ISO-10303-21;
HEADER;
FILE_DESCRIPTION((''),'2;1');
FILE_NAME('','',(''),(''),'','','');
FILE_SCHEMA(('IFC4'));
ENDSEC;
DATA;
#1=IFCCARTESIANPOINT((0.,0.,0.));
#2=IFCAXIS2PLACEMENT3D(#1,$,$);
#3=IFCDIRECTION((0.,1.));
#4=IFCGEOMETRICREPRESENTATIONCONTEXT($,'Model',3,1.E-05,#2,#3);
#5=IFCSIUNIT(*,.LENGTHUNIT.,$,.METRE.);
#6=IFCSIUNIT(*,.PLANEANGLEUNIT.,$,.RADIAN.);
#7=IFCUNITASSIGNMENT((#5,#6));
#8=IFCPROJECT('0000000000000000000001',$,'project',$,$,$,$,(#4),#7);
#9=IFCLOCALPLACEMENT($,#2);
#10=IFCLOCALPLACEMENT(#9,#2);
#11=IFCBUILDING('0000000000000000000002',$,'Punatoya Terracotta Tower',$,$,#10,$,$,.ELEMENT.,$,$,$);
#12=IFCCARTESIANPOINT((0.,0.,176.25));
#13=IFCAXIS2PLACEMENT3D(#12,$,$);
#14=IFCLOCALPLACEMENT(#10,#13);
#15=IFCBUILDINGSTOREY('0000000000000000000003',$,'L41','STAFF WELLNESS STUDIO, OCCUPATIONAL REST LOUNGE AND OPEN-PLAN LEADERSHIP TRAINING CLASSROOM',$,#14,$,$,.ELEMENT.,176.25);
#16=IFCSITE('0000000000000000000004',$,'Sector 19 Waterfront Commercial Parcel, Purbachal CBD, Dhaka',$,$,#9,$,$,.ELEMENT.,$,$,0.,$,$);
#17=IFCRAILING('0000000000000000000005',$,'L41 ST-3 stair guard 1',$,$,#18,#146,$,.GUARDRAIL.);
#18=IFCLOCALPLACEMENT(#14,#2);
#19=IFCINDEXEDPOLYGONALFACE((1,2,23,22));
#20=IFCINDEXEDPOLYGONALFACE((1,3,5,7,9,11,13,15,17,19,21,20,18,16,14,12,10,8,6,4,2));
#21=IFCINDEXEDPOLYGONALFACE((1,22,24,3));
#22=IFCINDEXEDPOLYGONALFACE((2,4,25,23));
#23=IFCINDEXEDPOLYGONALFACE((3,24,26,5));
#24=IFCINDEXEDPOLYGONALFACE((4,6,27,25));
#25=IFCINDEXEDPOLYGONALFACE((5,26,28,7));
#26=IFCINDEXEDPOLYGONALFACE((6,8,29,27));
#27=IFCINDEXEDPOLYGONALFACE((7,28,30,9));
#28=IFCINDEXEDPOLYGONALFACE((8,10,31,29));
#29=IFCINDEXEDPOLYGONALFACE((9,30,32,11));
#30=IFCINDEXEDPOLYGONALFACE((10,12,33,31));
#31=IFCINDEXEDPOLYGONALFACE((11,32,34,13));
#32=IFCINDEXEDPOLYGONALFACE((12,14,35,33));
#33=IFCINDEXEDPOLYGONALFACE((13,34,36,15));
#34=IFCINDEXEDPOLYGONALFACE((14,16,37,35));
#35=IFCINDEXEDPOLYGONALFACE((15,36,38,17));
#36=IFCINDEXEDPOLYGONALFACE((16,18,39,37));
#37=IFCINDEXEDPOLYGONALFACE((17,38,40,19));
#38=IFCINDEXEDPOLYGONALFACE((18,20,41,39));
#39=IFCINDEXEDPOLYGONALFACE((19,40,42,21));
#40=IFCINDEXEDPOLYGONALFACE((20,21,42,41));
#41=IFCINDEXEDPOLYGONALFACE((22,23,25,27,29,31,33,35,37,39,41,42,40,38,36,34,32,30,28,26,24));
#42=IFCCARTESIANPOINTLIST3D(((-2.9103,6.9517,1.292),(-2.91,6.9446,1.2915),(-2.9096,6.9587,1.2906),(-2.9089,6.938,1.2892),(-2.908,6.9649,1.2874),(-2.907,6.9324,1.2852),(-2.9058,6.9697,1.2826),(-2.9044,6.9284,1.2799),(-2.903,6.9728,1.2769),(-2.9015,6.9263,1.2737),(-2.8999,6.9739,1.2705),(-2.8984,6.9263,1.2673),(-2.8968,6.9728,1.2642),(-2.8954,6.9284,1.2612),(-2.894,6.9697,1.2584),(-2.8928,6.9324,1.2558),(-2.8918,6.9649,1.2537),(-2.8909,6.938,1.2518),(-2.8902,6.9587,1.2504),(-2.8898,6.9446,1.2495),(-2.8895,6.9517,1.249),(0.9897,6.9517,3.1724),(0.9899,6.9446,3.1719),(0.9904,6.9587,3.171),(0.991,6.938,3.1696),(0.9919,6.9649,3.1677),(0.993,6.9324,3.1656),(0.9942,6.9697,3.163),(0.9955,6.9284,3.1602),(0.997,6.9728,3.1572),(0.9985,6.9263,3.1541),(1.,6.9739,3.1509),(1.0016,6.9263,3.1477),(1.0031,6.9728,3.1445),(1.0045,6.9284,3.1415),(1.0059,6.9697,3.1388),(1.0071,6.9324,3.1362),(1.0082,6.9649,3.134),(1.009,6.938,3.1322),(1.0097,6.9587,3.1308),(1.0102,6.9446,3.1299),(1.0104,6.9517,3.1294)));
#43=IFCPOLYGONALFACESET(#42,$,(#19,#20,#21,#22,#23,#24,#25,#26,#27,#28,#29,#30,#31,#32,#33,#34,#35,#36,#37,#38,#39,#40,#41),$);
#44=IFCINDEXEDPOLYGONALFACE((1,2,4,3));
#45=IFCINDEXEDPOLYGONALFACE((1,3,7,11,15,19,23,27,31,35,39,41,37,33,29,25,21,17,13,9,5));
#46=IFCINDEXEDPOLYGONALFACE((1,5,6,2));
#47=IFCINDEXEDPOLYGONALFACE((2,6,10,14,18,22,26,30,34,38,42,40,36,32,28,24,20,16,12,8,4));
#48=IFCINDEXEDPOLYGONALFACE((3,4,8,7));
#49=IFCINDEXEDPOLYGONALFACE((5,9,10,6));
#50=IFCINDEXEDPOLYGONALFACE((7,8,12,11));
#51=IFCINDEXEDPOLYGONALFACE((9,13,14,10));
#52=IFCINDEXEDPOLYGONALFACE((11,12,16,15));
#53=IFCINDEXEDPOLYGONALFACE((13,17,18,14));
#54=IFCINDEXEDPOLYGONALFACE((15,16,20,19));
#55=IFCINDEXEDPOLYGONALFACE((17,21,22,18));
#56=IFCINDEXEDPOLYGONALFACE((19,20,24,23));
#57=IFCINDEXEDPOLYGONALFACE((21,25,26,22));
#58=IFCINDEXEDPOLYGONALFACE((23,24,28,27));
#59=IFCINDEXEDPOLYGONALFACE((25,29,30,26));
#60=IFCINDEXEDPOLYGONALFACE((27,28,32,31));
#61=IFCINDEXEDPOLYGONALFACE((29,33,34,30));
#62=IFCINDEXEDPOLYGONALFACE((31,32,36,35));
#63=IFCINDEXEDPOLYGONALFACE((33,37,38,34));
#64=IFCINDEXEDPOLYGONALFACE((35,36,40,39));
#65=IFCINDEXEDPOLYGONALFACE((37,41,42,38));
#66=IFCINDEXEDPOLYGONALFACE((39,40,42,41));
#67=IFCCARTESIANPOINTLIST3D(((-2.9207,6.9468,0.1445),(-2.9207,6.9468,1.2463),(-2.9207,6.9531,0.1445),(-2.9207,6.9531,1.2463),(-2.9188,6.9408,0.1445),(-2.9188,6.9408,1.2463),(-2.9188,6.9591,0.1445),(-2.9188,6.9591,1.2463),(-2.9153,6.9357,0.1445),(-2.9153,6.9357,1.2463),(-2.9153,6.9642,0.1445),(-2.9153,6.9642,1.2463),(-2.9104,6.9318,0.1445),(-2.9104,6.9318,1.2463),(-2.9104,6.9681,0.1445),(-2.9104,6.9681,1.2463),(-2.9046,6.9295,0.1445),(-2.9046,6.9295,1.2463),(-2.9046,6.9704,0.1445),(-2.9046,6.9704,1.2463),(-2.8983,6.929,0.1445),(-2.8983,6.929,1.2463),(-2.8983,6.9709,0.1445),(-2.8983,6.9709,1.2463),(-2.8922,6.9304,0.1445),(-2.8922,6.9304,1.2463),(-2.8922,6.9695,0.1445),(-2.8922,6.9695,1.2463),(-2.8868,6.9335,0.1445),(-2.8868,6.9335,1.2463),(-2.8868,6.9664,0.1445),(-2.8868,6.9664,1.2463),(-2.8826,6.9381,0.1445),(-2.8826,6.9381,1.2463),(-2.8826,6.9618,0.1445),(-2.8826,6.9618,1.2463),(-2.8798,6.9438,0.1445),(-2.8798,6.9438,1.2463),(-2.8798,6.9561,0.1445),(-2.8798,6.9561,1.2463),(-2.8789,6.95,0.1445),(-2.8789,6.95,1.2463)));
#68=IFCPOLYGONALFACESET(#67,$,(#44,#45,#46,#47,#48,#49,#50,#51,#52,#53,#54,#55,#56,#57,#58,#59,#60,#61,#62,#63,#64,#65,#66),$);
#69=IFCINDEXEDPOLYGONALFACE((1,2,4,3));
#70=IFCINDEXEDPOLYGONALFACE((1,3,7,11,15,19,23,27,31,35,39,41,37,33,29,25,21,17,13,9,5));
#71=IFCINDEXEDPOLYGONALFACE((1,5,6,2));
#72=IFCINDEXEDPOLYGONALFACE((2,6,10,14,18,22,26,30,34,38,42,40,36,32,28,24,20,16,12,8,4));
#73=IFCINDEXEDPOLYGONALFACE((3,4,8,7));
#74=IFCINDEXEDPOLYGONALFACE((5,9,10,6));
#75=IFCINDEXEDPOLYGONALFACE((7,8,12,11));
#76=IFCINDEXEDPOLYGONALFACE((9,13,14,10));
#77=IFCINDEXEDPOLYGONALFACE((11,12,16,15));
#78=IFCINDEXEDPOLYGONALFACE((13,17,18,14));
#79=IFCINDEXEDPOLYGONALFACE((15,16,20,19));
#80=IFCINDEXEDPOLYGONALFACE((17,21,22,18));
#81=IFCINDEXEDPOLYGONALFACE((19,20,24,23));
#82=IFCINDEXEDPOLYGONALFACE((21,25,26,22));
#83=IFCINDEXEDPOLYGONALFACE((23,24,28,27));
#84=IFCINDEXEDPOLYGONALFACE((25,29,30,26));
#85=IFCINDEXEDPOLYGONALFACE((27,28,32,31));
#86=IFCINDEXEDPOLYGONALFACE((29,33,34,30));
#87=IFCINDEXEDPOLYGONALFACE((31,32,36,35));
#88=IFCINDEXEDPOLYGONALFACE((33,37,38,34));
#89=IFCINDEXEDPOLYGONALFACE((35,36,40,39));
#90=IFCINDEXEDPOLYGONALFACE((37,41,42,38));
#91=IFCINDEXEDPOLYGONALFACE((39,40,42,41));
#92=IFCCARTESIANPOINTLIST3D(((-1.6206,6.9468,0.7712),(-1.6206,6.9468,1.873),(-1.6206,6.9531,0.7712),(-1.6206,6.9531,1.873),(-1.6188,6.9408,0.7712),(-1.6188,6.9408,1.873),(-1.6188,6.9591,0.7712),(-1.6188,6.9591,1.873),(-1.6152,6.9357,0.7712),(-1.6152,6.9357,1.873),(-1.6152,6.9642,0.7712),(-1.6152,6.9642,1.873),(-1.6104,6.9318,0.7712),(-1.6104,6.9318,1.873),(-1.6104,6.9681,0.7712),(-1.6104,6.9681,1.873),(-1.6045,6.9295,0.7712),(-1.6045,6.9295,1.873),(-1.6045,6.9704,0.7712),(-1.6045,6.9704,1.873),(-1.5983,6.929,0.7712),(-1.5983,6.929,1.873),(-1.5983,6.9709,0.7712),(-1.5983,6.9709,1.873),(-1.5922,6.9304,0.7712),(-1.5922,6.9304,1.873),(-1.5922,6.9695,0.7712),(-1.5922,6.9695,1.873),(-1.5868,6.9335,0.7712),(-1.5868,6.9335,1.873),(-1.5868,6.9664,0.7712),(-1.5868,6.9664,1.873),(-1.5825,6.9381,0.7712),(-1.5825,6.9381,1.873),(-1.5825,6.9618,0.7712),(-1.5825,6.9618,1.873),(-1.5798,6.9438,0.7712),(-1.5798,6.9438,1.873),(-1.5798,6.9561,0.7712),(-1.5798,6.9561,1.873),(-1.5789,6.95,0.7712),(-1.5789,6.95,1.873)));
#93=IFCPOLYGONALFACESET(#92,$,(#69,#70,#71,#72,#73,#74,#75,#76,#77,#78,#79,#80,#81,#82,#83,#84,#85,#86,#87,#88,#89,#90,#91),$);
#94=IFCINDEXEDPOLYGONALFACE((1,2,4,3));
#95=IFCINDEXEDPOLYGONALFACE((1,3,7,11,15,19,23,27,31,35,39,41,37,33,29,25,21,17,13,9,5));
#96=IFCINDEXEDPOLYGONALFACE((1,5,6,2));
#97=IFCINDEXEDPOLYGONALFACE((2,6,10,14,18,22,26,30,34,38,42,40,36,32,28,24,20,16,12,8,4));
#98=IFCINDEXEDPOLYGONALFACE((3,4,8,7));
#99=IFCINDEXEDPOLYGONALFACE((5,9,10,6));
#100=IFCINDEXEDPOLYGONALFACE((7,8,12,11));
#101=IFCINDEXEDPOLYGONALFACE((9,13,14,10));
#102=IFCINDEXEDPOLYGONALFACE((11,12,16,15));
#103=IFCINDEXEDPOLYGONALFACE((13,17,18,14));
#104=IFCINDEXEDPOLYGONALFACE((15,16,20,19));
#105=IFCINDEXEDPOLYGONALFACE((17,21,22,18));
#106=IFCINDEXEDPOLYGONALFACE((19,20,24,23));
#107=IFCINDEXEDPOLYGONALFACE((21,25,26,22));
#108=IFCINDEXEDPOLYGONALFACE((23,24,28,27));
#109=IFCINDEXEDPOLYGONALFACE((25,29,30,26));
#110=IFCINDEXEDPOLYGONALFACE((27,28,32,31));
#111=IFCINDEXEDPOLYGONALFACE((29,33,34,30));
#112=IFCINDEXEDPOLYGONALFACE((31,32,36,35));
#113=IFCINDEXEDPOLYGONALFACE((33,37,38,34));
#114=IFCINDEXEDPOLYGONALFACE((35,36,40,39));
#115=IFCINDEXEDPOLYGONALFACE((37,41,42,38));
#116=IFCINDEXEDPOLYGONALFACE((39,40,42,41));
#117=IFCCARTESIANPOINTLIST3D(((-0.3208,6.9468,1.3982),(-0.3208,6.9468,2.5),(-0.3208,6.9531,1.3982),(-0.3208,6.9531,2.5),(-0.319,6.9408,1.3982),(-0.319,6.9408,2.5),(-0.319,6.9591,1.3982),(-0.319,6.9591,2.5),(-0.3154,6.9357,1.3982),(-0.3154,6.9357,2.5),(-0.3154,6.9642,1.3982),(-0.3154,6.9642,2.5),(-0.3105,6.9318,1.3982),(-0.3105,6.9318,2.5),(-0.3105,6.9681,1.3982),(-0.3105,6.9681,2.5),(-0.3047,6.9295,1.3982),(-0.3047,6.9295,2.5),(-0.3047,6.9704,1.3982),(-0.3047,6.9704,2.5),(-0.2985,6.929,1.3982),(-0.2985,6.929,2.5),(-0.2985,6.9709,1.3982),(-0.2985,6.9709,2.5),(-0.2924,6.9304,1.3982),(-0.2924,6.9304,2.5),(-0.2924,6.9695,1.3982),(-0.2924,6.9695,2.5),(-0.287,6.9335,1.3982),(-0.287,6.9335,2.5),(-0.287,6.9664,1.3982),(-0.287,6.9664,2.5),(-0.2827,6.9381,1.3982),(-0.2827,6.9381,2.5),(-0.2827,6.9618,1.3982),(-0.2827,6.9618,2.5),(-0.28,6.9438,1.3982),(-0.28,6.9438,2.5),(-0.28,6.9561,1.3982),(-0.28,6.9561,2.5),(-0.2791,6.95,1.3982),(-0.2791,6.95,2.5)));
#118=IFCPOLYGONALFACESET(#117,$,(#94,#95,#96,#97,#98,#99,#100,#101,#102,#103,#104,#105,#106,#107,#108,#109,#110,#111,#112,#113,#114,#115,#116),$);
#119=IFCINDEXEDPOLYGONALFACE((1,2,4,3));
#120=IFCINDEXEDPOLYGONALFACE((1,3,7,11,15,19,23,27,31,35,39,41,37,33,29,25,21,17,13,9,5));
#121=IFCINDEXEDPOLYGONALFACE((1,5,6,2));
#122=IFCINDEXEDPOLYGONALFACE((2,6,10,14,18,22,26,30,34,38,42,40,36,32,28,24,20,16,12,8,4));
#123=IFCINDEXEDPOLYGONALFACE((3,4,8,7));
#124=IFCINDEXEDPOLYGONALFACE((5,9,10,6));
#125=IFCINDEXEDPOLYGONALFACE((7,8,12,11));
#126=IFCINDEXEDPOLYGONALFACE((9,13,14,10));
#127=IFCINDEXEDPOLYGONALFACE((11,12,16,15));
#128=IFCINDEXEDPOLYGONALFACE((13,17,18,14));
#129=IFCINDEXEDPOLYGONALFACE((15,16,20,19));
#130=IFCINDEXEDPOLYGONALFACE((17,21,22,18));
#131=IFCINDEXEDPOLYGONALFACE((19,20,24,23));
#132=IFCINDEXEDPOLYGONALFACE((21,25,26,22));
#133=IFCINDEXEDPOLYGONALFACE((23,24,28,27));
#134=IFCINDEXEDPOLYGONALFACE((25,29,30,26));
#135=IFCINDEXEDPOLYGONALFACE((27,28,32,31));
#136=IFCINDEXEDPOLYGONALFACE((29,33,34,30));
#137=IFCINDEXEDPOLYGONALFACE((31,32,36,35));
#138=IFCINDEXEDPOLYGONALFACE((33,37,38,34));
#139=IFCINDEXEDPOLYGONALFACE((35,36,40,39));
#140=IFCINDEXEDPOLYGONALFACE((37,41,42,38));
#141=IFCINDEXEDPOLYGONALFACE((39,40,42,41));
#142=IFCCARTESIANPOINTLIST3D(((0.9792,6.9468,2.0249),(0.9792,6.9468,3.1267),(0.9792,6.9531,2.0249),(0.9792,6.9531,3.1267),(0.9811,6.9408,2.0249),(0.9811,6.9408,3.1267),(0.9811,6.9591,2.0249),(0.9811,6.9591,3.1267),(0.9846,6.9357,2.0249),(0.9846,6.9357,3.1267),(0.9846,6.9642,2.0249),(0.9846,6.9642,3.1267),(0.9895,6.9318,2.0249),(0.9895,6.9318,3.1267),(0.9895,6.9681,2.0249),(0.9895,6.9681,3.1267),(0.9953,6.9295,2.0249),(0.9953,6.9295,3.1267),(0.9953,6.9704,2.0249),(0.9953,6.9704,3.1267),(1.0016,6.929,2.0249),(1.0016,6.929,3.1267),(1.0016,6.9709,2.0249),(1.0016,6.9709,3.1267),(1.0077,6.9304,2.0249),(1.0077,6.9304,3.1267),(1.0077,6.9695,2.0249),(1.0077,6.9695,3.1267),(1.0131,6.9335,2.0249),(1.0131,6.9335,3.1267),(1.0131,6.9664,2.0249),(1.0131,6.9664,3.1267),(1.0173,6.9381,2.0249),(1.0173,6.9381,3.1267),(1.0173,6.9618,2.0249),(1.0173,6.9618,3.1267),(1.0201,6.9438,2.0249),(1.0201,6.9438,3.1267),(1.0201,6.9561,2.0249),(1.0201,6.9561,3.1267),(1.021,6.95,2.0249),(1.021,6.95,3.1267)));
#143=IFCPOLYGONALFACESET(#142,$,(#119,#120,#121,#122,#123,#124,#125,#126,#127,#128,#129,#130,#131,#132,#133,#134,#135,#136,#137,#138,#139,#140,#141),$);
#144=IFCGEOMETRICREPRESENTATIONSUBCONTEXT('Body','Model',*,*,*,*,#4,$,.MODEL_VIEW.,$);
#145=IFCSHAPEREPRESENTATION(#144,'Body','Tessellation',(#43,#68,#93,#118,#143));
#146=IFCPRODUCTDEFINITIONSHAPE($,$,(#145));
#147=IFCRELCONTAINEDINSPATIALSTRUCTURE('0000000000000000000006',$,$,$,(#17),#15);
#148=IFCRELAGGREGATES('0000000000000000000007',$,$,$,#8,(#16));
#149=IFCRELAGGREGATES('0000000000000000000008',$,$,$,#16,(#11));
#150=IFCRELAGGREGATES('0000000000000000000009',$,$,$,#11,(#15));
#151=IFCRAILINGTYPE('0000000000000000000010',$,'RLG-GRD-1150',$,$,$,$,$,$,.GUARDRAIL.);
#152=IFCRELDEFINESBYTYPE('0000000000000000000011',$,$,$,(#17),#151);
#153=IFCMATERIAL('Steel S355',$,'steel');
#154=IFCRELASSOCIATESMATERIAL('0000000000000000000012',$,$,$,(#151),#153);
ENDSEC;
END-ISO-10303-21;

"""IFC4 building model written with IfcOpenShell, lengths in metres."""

from ifc_helpers import new_model, si_unit, direction, frame, origin, origin_2d, place, context, subcontext, project, spatial, circle, extrude, material, type_object, element, save


model = new_model("IFC4")

# Units and contexts
model_context = context("Model", 3, precision=1e-05, world=origin(), true_north=direction((0.0, 1.0)))
body_context = subcontext(model_context, "Body", "Model", "MODEL_VIEW")
ifc_project = project(units=[si_unit("LENGTHUNIT", "METRE"), si_unit("PLANEANGLEUNIT", "RADIAN")], contexts=[model_context])

# Site, building, storey
site_placement = place(None, origin())
site = spatial("IfcSite", under=ifc_project, at=site_placement, Name="Sector 19 Waterfront Commercial Parcel, Purbachal CBD, Dhaka", CompositionType="ELEMENT", RefElevation=0.0)
building_placement = place(site_placement, origin())
building = spatial("IfcBuilding", under=site, at=building_placement, Name="Punatoya Terracotta Tower", CompositionType="ELEMENT")
storey_placement = place(building_placement, frame((0.0, 0.0, 176.25)))
storey = spatial("IfcBuildingStorey", under=building, at=storey_placement, Name="L41", Description="STAFF WELLNESS STUDIO, OCCUPATIONAL REST LOUNGE AND OPEN-PLAN LEADERSHIP TRAINING CLASSROOM", CompositionType="ELEMENT", Elevation=176.25)

# Shared definitions
ifc_material_1 = material(Name="Steel S355", Category="steel")

# Railing
railing_type_1 = type_object("IfcRailingType", Name="RLG-GRD-1150", PredefinedType="GUARDRAIL", material=ifc_material_1)
railing_1_placement = place(storey_placement, frame((-2.8999, 6.95, 0.1445)))
element("IfcRailing", 1, at=railing_1_placement, inside=storey, type_object=railing_type_1, Name="L41 ST-3 stair guard 1", PredefinedType="GUARDRAIL", context=body_context, shape_type="SweptSolid", body=[
    extrude(circle(Radius=0.0239, at=origin_2d()), frame((0.0, 0.0, 1.126), z_axis=(0.900763, 0.0, 0.434311), x_axis=(0.0, 1.0, 0.0)), (0.0, 0.0, 1.0), 4.3296),
    extrude(circle(Radius=0.021, at=origin_2d()), origin(), (0.0, 0.0, 1.0), 1.1018),
    extrude(circle(Radius=0.021, at=origin_2d()), frame((1.3, 0.0, 0.6267)), (0.0, 0.0, 1.0), 1.1018),
    extrude(circle(Radius=0.021, at=origin_2d()), frame((2.5999, 0.0, 1.2537)), (0.0, 0.0, 1.0), 1.1018),
    extrude(circle(Radius=0.021, at=origin_2d()), frame((3.8999, 0.0, 1.8804)), (0.0, 0.0, 1.0), 1.1018),
])

save(model, "model.ifc")
